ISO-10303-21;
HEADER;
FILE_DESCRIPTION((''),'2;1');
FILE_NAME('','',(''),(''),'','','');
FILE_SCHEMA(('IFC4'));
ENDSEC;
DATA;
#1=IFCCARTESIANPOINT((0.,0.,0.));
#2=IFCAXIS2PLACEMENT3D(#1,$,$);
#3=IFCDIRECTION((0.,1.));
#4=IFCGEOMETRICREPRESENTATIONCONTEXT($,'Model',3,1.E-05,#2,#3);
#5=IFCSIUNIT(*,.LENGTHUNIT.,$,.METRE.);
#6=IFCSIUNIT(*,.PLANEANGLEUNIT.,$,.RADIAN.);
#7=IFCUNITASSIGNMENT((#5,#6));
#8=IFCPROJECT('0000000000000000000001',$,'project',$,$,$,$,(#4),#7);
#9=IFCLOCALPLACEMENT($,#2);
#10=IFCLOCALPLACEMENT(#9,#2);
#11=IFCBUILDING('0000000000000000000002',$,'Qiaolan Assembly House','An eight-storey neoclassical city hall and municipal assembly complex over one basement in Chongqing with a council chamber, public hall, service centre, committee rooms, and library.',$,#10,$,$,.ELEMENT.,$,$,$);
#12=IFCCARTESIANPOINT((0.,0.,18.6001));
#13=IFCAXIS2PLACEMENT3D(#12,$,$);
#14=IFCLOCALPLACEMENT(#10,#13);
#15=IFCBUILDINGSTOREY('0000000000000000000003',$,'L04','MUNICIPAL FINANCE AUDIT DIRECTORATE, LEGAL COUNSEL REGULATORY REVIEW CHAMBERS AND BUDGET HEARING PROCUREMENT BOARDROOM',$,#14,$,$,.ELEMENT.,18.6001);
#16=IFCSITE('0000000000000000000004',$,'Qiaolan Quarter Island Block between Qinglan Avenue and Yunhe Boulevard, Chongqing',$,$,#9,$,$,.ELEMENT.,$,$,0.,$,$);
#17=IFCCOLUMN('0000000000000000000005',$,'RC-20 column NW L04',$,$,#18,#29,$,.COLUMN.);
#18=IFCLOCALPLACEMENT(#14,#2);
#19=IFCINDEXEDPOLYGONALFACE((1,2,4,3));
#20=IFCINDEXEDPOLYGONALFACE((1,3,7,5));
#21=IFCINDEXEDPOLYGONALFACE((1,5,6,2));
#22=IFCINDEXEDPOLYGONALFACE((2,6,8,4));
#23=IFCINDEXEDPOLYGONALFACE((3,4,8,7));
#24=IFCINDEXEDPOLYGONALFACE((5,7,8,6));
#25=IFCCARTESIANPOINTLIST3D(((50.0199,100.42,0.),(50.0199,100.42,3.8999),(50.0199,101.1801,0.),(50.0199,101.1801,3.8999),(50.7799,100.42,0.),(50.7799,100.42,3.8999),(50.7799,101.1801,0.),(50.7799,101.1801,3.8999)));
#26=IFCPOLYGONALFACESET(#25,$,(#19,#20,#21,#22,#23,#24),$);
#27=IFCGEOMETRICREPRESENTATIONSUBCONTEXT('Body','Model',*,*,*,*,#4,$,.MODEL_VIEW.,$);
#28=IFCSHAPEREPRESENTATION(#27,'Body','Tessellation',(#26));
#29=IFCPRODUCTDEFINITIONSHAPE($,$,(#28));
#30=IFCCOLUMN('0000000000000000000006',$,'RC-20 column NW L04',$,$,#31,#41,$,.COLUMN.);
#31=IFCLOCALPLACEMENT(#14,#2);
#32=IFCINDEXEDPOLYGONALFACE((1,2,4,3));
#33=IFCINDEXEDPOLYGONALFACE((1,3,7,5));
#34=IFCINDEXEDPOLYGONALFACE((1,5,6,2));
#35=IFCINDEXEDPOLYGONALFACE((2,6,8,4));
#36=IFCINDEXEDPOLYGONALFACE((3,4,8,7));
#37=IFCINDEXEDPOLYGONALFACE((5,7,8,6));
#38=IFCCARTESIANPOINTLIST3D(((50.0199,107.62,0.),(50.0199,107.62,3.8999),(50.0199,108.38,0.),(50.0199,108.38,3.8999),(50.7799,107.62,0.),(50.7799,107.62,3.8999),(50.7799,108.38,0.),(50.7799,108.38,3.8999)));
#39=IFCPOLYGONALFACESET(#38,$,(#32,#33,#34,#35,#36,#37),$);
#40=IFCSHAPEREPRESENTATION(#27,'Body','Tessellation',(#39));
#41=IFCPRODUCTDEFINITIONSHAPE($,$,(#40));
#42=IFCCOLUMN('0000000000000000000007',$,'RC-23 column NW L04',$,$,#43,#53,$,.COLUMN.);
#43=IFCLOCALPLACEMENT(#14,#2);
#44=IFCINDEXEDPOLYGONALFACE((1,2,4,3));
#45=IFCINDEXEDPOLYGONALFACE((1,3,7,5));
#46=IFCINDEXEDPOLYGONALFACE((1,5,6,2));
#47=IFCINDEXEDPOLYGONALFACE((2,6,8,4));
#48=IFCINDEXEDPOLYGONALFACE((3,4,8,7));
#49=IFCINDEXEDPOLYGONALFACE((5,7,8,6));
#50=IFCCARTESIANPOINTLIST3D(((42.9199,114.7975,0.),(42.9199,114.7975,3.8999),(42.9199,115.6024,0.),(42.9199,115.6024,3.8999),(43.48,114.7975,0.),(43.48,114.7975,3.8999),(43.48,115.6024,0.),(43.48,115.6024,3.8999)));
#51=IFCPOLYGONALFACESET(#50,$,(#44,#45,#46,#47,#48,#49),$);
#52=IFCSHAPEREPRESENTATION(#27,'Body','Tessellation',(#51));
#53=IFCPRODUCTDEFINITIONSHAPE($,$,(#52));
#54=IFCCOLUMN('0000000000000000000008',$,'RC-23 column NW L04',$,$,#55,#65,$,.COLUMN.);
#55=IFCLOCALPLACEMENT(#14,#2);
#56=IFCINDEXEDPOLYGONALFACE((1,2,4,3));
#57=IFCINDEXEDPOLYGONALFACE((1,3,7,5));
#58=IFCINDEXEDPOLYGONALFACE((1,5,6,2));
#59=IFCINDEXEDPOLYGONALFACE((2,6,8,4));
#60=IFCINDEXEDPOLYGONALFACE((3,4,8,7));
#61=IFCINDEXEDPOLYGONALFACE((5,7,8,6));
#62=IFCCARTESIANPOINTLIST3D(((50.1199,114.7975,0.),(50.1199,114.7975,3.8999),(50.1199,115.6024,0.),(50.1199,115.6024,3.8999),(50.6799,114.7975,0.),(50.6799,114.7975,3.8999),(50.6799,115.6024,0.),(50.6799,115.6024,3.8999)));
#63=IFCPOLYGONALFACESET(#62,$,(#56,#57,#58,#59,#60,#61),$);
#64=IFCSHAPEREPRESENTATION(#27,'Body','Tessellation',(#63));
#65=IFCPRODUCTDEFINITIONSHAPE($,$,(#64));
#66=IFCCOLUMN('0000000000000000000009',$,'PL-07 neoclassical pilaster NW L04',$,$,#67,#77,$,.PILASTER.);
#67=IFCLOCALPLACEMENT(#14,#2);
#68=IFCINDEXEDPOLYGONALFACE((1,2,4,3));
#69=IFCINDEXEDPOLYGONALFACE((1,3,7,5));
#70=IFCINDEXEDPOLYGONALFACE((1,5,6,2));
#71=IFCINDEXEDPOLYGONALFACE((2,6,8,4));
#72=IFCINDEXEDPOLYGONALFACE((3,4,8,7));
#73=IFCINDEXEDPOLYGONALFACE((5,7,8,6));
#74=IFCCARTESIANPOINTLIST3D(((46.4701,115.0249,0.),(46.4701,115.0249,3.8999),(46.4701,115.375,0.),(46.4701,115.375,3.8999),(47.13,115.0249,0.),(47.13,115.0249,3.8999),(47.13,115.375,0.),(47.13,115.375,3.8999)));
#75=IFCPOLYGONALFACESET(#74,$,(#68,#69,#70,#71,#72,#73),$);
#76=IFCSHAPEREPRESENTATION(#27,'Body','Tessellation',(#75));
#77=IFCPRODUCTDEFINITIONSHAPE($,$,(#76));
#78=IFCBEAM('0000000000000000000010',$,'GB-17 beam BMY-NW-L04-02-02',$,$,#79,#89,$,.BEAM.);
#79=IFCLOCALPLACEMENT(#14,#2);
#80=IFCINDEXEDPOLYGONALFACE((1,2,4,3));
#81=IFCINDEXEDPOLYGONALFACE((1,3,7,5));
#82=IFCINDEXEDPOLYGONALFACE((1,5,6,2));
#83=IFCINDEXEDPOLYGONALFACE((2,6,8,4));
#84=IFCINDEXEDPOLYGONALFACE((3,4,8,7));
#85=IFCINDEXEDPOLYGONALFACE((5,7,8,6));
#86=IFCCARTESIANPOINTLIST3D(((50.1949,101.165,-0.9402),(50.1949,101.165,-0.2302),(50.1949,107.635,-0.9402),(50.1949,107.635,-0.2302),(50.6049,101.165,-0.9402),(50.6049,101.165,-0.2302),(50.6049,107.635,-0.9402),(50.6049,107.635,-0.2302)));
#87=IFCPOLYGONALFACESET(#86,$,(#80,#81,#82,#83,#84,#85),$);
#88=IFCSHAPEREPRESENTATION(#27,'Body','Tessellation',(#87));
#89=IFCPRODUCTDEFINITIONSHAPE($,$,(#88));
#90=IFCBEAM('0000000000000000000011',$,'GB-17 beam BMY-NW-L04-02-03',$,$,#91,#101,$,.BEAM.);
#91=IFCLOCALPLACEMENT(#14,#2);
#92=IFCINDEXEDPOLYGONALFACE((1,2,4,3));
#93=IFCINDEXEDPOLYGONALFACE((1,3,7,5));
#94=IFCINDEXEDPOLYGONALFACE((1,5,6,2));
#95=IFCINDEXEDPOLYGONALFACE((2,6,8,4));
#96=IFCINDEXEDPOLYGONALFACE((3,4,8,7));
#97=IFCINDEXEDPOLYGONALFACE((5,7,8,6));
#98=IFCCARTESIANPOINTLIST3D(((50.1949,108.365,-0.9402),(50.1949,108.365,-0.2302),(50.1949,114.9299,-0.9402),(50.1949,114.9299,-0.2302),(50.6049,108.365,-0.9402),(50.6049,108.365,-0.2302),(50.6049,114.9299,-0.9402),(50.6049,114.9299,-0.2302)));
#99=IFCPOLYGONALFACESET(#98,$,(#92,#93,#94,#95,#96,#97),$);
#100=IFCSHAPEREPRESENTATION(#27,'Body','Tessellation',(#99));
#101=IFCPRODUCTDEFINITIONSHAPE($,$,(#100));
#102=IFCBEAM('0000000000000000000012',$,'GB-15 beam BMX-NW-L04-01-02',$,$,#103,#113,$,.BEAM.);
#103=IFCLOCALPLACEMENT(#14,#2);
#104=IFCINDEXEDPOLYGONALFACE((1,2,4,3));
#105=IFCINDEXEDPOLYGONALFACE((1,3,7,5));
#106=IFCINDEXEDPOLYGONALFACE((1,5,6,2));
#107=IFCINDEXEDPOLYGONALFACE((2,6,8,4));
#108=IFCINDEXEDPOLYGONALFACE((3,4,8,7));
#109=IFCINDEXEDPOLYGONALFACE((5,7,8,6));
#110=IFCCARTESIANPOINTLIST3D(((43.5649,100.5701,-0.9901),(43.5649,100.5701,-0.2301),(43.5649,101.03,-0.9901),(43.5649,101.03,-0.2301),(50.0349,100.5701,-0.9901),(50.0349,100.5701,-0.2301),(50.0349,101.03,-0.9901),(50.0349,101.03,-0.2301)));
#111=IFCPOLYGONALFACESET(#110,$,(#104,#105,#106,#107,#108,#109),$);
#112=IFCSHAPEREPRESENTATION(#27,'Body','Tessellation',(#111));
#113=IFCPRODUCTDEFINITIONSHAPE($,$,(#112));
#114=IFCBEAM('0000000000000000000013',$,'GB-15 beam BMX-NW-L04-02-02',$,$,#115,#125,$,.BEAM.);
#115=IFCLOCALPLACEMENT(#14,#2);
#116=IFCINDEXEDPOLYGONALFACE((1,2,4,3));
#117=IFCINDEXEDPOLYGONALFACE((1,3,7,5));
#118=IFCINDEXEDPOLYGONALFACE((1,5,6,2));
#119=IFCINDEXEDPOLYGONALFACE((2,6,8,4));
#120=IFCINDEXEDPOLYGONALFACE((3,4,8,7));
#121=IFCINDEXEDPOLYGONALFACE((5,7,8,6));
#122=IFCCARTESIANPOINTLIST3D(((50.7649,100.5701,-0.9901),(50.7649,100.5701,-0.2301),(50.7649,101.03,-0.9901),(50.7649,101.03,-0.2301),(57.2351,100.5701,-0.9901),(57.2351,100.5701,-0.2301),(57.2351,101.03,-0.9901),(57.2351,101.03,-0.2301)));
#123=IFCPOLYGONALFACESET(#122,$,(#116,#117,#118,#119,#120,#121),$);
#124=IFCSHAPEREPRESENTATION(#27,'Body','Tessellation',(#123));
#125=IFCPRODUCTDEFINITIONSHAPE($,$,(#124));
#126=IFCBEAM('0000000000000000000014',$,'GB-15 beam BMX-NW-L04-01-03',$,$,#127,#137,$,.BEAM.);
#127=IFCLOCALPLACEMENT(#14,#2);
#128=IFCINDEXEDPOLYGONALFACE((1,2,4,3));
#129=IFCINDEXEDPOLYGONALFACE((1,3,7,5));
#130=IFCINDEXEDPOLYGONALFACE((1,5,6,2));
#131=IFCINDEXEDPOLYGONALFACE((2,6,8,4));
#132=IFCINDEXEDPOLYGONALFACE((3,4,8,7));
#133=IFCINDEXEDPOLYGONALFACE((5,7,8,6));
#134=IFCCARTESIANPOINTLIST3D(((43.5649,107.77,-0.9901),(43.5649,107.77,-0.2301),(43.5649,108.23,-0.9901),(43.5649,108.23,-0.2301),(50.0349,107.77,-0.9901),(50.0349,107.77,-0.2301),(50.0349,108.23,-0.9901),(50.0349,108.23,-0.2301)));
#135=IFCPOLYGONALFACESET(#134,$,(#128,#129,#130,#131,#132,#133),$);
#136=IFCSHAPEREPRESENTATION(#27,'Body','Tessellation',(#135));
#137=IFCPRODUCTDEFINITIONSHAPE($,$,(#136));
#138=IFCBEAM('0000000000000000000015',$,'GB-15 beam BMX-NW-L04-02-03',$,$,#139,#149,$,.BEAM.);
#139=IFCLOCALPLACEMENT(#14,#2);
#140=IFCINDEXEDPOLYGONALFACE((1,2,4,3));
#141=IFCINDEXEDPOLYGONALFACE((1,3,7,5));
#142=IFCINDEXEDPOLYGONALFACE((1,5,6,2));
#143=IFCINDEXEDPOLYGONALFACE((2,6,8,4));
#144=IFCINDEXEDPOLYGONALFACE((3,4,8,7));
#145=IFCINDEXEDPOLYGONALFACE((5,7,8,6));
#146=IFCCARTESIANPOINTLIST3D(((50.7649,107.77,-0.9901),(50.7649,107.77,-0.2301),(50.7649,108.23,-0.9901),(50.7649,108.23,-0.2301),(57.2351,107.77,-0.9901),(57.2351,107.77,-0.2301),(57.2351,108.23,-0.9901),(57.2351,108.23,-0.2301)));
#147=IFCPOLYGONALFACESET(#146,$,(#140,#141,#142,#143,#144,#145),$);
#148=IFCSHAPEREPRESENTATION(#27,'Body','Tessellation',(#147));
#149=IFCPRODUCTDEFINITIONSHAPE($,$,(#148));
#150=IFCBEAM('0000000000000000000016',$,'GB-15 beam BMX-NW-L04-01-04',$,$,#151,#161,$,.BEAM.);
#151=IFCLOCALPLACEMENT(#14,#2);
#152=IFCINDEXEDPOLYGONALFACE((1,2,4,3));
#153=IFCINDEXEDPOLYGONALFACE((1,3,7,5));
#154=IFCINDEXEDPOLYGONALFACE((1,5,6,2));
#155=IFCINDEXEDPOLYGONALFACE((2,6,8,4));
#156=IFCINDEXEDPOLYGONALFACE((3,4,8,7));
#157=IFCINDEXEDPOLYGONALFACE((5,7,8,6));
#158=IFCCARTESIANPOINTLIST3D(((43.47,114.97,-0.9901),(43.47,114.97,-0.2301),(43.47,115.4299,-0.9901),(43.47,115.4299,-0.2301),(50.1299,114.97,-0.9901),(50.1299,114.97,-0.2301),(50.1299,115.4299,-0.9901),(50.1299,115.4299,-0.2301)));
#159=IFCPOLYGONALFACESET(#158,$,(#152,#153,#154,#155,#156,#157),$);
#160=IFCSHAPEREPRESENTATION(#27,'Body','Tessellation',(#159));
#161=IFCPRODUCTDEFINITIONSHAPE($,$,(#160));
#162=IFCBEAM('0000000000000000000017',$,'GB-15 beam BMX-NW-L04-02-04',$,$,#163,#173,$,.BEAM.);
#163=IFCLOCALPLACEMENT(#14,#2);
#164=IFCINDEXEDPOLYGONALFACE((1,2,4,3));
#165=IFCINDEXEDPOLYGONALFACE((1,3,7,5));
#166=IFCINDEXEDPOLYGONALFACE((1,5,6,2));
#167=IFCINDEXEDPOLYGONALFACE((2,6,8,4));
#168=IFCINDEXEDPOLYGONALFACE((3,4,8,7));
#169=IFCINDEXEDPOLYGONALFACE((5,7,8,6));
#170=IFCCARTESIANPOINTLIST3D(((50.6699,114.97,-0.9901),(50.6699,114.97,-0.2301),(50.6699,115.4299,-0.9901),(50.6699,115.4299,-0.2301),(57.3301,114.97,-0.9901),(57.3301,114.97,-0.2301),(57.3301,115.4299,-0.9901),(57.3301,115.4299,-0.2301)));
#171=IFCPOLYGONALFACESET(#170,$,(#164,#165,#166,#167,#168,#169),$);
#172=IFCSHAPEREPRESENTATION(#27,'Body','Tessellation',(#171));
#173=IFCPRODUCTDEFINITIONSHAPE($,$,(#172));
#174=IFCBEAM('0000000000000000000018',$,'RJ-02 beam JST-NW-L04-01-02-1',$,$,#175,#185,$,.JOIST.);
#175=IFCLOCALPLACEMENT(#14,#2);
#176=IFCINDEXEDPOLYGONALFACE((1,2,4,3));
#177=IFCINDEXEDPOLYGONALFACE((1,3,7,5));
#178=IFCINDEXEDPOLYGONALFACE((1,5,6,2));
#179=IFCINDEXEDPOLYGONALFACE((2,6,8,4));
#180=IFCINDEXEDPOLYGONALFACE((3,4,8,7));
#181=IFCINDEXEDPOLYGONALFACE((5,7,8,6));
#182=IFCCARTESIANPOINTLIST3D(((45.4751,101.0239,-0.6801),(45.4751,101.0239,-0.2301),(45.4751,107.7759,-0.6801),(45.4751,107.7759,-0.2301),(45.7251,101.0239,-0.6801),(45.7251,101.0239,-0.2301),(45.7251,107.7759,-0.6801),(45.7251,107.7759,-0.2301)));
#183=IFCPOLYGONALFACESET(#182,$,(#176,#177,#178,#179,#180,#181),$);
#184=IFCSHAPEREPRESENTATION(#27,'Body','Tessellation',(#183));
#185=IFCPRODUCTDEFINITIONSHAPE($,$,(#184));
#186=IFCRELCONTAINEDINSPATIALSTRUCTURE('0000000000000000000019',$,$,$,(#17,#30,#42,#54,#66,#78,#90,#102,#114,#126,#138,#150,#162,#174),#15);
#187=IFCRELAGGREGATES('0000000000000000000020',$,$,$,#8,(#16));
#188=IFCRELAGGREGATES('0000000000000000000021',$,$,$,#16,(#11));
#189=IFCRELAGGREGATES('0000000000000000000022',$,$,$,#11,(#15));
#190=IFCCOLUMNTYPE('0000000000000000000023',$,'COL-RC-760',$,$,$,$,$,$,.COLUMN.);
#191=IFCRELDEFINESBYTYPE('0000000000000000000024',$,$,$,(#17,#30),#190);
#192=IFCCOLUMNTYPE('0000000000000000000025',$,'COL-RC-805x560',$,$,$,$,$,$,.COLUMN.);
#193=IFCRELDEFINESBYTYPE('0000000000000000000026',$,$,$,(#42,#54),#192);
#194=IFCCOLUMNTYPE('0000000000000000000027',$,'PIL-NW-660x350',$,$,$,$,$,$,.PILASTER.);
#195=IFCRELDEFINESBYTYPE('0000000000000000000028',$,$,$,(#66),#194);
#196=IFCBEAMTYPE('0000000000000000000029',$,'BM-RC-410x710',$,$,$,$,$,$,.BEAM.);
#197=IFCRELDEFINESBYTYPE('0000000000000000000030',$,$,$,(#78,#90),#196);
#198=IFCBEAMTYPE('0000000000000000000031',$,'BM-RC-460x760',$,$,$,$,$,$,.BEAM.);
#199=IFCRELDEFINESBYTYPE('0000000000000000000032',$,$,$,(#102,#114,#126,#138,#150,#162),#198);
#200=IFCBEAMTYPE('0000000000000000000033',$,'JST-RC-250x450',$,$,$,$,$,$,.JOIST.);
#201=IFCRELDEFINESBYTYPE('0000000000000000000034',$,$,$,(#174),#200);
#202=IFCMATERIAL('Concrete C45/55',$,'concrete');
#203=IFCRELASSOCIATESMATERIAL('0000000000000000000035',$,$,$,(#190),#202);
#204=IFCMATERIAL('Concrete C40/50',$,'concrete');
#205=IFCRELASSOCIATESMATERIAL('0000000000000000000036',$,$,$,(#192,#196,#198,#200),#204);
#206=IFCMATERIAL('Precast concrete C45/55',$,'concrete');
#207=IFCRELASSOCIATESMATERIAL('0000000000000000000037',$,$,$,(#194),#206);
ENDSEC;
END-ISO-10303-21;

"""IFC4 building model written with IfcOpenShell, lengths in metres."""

from ifc_helpers import new_model, si_unit, direction, frame, origin, origin_2d, place, context, subcontext, project, spatial, rectangle, extrude, material, material_profile, profile_set, type_object, element, save


model = new_model("IFC4")

# Units and contexts
model_context = context("Model", 3, precision=1e-05, world=origin(), true_north=direction((0.0, 1.0)))
body_context = subcontext(model_context, "Body", "Model", "MODEL_VIEW")
ifc_project = project(units=[si_unit("LENGTHUNIT", "METRE"), si_unit("PLANEANGLEUNIT", "RADIAN")], contexts=[model_context])

# Site, building, storey
site_placement = place(None, origin())
site = spatial("IfcSite", under=ifc_project, at=site_placement, Name="Qiaolan Quarter Island Block between Qinglan Avenue and Yunhe Boulevard, Chongqing", CompositionType="ELEMENT", RefElevation=0.0)
building_placement = place(site_placement, origin())
building = spatial("IfcBuilding", under=site, at=building_placement, Name="Qiaolan Assembly House", Description="An eight-storey neoclassical city hall and municipal assembly complex over one basement in Chongqing with a council chamber, public hall, service centre, committee rooms, and library.", CompositionType="ELEMENT")
storey_placement = place(building_placement, frame((0.0, 0.0, 18.6001)))
storey = spatial("IfcBuildingStorey", under=building, at=storey_placement, Name="L04", Description="MUNICIPAL FINANCE AUDIT DIRECTORATE, LEGAL COUNSEL REGULATORY REVIEW CHAMBERS AND BUDGET HEARING PROCUREMENT BOARDROOM", CompositionType="ELEMENT", Elevation=18.6001)

# Columns
ifc_material_1 = material(Name="Concrete C45/55", Category="concrete")
ifc_material_profile_1 = material_profile(ifc_material_1, rectangle(XDim=0.76, YDim=0.76, at=origin_2d()), Name="RC 760x760")
ifc_profile_set_1 = profile_set([ifc_material_profile_1], Name="Concrete C45/55")
column_type_1 = type_object("IfcColumnType", Name="COL-RC-760", PredefinedType="COLUMN", material=ifc_profile_set_1)
for number, where, z_axis, x_axis, name in (
    (1, (50.3999, 100.8, 0.0), (0.0, 0.0, 1.0), (1.0, 0.0, 0.0), "RC-20 column NW L04"),
    (2, (50.3999, 108.0, 0.0), (0.0, 0.0, 1.0), (1.0, 0.0, 0.0), "RC-20 column NW L04"),
):
    element("IfcColumn", number, at=place(storey_placement, frame(where, z_axis=z_axis, x_axis=x_axis)), inside=storey, type_object=column_type_1, Name=name, PredefinedType="COLUMN", context=body_context, shape_type="SweptSolid", body=[
        extrude(rectangle(XDim=0.76, YDim=0.76, at=origin_2d()), origin(), (0.0, 0.0, 1.0), 3.8999),
    ])
ifc_material_2 = material(Name="Concrete C40/50", Category="concrete")
ifc_material_profile_2 = material_profile(ifc_material_2, rectangle(XDim=0.5601, YDim=0.8049, at=origin_2d()), Name="RC 805x560")
ifc_profile_set_2 = profile_set([ifc_material_profile_2], Name="Concrete C40/50")
column_type_2 = type_object("IfcColumnType", Name="COL-RC-805x560", PredefinedType="COLUMN", material=ifc_profile_set_2)
for number, where, z_axis, x_axis, name in (
    (3, (43.2, 115.2, 0.0), (0.0, 0.0, 1.0), (1.0, 0.0, 0.0), "RC-23 column NW L04"),
    (4, (50.3999, 115.2, 0.0), (0.0, 0.0, 1.0), (1.0, 0.0, 0.0), "RC-23 column NW L04"),
):
    element("IfcColumn", number, at=place(storey_placement, frame(where, z_axis=z_axis, x_axis=x_axis)), inside=storey, type_object=column_type_2, Name=name, PredefinedType="COLUMN", context=body_context, shape_type="SweptSolid", body=[
        extrude(rectangle(XDim=0.5601, YDim=0.8049, at=origin_2d()), origin(), (0.0, 0.0, 1.0), 3.8999),
    ])
ifc_material_3 = material(Name="Precast concrete C45/55", Category="concrete")
ifc_material_profile_3 = material_profile(ifc_material_3, rectangle(XDim=0.6599, YDim=0.3501, at=origin_2d()), Name="PIL 660x350")
ifc_profile_set_3 = profile_set([ifc_material_profile_3], Name="Precast concrete C45/55")
column_type_3 = type_object("IfcColumnType", Name="PIL-NW-660x350", PredefinedType="PILASTER", material=ifc_profile_set_3)
column_placement = place(storey_placement, frame((46.8, 115.2, 0.0), z_axis=(0.0, 0.0, 1.0), x_axis=(1.0, 0.0, 0.0)))
element("IfcColumn", 5, at=column_placement, inside=storey, type_object=column_type_3, Name="PL-07 neoclassical pilaster NW L04", PredefinedType="PILASTER", context=body_context, shape_type="SweptSolid", body=[
    extrude(rectangle(XDim=0.6599, YDim=0.3501, at=origin_2d()), origin(), (0.0, 0.0, 1.0), 3.8999),
])

# Beams
ifc_material_profile_4 = material_profile(ifc_material_2, rectangle(XDim=0.4099, YDim=0.71, at=origin_2d()), Name="RCB 410x710")
ifc_profile_set_4 = profile_set([ifc_material_profile_4], Name="Concrete C40/50")
beam_type_1 = type_object("IfcBeamType", Name="BM-RC-410x710", PredefinedType="BEAM", material=ifc_profile_set_4)
beam_1_placement = place(storey_placement, frame((50.3999, 101.165, -0.5852), z_axis=(0.0, 1.0, 0.0), x_axis=(-1.0, 0.0, 0.0)))
element("IfcBeam", 6, at=beam_1_placement, inside=storey, type_object=beam_type_1, Name="GB-17 beam BMY-NW-L04-02-02", PredefinedType="BEAM", context=body_context, shape_type="SweptSolid", body=[
    extrude(rectangle(XDim=0.4099, YDim=0.71, at=origin_2d()), origin(), (0.0, 0.0, 1.0), 6.47),
])
beam_2_placement = place(storey_placement, frame((50.3999, 108.365, -0.5852), z_axis=(0.0, 1.0, 0.0), x_axis=(-1.0, 0.0, 0.0)))
element("IfcBeam", 7, at=beam_2_placement, inside=storey, type_object=beam_type_1, Name="GB-17 beam BMY-NW-L04-02-03", PredefinedType="BEAM", context=body_context, shape_type="SweptSolid", body=[
    extrude(rectangle(XDim=0.4099, YDim=0.71, at=origin_2d()), origin(), (0.0, 0.0, 1.0), 6.5649),
])
ifc_material_profile_5 = material_profile(ifc_material_2, rectangle(XDim=0.46, YDim=0.76, at=origin_2d()), Name="RCB 460x760")
ifc_profile_set_5 = profile_set([ifc_material_profile_5], Name="Concrete C40/50")
beam_type_2 = type_object("IfcBeamType", Name="BM-RC-460x760", PredefinedType="BEAM", material=ifc_profile_set_5)
beam_3_placement = place(storey_placement, frame((43.5649, 100.8, -0.6101), z_axis=(1.0, 0.0, 0.0), x_axis=(0.0, 1.0, 0.0)))
element("IfcBeam", 8, at=beam_3_placement, inside=storey, type_object=beam_type_2, Name="GB-15 beam BMX-NW-L04-01-02", PredefinedType="BEAM", context=body_context, shape_type="SweptSolid", body=[
    extrude(rectangle(XDim=0.46, YDim=0.76, at=origin_2d()), origin(), (0.0, 0.0, 1.0), 6.47),
])
beam_4_placement = place(storey_placement, frame((50.7649, 100.8, -0.6101), z_axis=(1.0, 0.0, 0.0), x_axis=(0.0, 1.0, 0.0)))
element("IfcBeam", 9, at=beam_4_placement, inside=storey, type_object=beam_type_2, Name="GB-15 beam BMX-NW-L04-02-02", PredefinedType="BEAM", context=body_context, shape_type="SweptSolid", body=[
    extrude(rectangle(XDim=0.46, YDim=0.76, at=origin_2d()), origin(), (0.0, 0.0, 1.0), 6.4702),
])
beam_5_placement = place(storey_placement, frame((43.5649, 108.0, -0.6101), z_axis=(1.0, 0.0, 0.0), x_axis=(0.0, 1.0, 0.0)))
element("IfcBeam", 10, at=beam_5_placement, inside=storey, type_object=beam_type_2, Name="GB-15 beam BMX-NW-L04-01-03", PredefinedType="BEAM", context=body_context, shape_type="SweptSolid", body=[
    extrude(rectangle(XDim=0.46, YDim=0.76, at=origin_2d()), origin(), (0.0, 0.0, 1.0), 6.47),
])
beam_6_placement = place(storey_placement, frame((50.7649, 108.0, -0.6101), z_axis=(1.0, 0.0, 0.0), x_axis=(0.0, 1.0, 0.0)))
element("IfcBeam", 11, at=beam_6_placement, inside=storey, type_object=beam_type_2, Name="GB-15 beam BMX-NW-L04-02-03", PredefinedType="BEAM", context=body_context, shape_type="SweptSolid", body=[
    extrude(rectangle(XDim=0.46, YDim=0.76, at=origin_2d()), origin(), (0.0, 0.0, 1.0), 6.4702),
])
beam_7_placement = place(storey_placement, frame((43.47, 115.2, -0.6101), z_axis=(1.0, 0.0, 0.0), x_axis=(0.0, 1.0, 0.0)))
element("IfcBeam", 12, at=beam_7_placement, inside=storey, type_object=beam_type_2, Name="GB-15 beam BMX-NW-L04-01-04", PredefinedType="BEAM", context=body_context, shape_type="SweptSolid", body=[
    extrude(rectangle(XDim=0.46, YDim=0.76, at=origin_2d()), origin(), (0.0, 0.0, 1.0), 6.6599),
])
beam_8_placement = place(storey_placement, frame((50.6699, 115.2, -0.6101), z_axis=(1.0, 0.0, 0.0), x_axis=(0.0, 1.0, 0.0)))
element("IfcBeam", 13, at=beam_8_placement, inside=storey, type_object=beam_type_2, Name="GB-15 beam BMX-NW-L04-02-04", PredefinedType="BEAM", context=body_context, shape_type="SweptSolid", body=[
    extrude(rectangle(XDim=0.46, YDim=0.76, at=origin_2d()), origin(), (0.0, 0.0, 1.0), 6.6602),
])
ifc_material_profile_6 = material_profile(ifc_material_2, rectangle(XDim=0.25, YDim=0.45, at=origin_2d()), Name="RCB 250x450")
ifc_profile_set_6 = profile_set([ifc_material_profile_6], Name="Concrete C40/50")
beam_type_3 = type_object("IfcBeamType", Name="JST-RC-250x450", PredefinedType="JOIST", material=ifc_profile_set_6)
for number, where, z_axis, x_axis, name in (
    (14, (45.6001, 101.0239, -0.4551), (0.0, 1.0, 0.0), (-1.0, 0.0, 0.0), "RJ-02 beam JST-NW-L04-01-02-1"),
):
    element("IfcBeam", number, at=place(storey_placement, frame(where, z_axis=z_axis, x_axis=x_axis)), inside=storey, type_object=beam_type_3, Name=name, PredefinedType="JOIST", context=body_context, shape_type="SweptSolid", body=[
        extrude(rectangle(XDim=0.25, YDim=0.45, at=origin_2d()), origin(), (0.0, 0.0, 1.0), 6.752),
    ])

save(model, "model.ifc")
